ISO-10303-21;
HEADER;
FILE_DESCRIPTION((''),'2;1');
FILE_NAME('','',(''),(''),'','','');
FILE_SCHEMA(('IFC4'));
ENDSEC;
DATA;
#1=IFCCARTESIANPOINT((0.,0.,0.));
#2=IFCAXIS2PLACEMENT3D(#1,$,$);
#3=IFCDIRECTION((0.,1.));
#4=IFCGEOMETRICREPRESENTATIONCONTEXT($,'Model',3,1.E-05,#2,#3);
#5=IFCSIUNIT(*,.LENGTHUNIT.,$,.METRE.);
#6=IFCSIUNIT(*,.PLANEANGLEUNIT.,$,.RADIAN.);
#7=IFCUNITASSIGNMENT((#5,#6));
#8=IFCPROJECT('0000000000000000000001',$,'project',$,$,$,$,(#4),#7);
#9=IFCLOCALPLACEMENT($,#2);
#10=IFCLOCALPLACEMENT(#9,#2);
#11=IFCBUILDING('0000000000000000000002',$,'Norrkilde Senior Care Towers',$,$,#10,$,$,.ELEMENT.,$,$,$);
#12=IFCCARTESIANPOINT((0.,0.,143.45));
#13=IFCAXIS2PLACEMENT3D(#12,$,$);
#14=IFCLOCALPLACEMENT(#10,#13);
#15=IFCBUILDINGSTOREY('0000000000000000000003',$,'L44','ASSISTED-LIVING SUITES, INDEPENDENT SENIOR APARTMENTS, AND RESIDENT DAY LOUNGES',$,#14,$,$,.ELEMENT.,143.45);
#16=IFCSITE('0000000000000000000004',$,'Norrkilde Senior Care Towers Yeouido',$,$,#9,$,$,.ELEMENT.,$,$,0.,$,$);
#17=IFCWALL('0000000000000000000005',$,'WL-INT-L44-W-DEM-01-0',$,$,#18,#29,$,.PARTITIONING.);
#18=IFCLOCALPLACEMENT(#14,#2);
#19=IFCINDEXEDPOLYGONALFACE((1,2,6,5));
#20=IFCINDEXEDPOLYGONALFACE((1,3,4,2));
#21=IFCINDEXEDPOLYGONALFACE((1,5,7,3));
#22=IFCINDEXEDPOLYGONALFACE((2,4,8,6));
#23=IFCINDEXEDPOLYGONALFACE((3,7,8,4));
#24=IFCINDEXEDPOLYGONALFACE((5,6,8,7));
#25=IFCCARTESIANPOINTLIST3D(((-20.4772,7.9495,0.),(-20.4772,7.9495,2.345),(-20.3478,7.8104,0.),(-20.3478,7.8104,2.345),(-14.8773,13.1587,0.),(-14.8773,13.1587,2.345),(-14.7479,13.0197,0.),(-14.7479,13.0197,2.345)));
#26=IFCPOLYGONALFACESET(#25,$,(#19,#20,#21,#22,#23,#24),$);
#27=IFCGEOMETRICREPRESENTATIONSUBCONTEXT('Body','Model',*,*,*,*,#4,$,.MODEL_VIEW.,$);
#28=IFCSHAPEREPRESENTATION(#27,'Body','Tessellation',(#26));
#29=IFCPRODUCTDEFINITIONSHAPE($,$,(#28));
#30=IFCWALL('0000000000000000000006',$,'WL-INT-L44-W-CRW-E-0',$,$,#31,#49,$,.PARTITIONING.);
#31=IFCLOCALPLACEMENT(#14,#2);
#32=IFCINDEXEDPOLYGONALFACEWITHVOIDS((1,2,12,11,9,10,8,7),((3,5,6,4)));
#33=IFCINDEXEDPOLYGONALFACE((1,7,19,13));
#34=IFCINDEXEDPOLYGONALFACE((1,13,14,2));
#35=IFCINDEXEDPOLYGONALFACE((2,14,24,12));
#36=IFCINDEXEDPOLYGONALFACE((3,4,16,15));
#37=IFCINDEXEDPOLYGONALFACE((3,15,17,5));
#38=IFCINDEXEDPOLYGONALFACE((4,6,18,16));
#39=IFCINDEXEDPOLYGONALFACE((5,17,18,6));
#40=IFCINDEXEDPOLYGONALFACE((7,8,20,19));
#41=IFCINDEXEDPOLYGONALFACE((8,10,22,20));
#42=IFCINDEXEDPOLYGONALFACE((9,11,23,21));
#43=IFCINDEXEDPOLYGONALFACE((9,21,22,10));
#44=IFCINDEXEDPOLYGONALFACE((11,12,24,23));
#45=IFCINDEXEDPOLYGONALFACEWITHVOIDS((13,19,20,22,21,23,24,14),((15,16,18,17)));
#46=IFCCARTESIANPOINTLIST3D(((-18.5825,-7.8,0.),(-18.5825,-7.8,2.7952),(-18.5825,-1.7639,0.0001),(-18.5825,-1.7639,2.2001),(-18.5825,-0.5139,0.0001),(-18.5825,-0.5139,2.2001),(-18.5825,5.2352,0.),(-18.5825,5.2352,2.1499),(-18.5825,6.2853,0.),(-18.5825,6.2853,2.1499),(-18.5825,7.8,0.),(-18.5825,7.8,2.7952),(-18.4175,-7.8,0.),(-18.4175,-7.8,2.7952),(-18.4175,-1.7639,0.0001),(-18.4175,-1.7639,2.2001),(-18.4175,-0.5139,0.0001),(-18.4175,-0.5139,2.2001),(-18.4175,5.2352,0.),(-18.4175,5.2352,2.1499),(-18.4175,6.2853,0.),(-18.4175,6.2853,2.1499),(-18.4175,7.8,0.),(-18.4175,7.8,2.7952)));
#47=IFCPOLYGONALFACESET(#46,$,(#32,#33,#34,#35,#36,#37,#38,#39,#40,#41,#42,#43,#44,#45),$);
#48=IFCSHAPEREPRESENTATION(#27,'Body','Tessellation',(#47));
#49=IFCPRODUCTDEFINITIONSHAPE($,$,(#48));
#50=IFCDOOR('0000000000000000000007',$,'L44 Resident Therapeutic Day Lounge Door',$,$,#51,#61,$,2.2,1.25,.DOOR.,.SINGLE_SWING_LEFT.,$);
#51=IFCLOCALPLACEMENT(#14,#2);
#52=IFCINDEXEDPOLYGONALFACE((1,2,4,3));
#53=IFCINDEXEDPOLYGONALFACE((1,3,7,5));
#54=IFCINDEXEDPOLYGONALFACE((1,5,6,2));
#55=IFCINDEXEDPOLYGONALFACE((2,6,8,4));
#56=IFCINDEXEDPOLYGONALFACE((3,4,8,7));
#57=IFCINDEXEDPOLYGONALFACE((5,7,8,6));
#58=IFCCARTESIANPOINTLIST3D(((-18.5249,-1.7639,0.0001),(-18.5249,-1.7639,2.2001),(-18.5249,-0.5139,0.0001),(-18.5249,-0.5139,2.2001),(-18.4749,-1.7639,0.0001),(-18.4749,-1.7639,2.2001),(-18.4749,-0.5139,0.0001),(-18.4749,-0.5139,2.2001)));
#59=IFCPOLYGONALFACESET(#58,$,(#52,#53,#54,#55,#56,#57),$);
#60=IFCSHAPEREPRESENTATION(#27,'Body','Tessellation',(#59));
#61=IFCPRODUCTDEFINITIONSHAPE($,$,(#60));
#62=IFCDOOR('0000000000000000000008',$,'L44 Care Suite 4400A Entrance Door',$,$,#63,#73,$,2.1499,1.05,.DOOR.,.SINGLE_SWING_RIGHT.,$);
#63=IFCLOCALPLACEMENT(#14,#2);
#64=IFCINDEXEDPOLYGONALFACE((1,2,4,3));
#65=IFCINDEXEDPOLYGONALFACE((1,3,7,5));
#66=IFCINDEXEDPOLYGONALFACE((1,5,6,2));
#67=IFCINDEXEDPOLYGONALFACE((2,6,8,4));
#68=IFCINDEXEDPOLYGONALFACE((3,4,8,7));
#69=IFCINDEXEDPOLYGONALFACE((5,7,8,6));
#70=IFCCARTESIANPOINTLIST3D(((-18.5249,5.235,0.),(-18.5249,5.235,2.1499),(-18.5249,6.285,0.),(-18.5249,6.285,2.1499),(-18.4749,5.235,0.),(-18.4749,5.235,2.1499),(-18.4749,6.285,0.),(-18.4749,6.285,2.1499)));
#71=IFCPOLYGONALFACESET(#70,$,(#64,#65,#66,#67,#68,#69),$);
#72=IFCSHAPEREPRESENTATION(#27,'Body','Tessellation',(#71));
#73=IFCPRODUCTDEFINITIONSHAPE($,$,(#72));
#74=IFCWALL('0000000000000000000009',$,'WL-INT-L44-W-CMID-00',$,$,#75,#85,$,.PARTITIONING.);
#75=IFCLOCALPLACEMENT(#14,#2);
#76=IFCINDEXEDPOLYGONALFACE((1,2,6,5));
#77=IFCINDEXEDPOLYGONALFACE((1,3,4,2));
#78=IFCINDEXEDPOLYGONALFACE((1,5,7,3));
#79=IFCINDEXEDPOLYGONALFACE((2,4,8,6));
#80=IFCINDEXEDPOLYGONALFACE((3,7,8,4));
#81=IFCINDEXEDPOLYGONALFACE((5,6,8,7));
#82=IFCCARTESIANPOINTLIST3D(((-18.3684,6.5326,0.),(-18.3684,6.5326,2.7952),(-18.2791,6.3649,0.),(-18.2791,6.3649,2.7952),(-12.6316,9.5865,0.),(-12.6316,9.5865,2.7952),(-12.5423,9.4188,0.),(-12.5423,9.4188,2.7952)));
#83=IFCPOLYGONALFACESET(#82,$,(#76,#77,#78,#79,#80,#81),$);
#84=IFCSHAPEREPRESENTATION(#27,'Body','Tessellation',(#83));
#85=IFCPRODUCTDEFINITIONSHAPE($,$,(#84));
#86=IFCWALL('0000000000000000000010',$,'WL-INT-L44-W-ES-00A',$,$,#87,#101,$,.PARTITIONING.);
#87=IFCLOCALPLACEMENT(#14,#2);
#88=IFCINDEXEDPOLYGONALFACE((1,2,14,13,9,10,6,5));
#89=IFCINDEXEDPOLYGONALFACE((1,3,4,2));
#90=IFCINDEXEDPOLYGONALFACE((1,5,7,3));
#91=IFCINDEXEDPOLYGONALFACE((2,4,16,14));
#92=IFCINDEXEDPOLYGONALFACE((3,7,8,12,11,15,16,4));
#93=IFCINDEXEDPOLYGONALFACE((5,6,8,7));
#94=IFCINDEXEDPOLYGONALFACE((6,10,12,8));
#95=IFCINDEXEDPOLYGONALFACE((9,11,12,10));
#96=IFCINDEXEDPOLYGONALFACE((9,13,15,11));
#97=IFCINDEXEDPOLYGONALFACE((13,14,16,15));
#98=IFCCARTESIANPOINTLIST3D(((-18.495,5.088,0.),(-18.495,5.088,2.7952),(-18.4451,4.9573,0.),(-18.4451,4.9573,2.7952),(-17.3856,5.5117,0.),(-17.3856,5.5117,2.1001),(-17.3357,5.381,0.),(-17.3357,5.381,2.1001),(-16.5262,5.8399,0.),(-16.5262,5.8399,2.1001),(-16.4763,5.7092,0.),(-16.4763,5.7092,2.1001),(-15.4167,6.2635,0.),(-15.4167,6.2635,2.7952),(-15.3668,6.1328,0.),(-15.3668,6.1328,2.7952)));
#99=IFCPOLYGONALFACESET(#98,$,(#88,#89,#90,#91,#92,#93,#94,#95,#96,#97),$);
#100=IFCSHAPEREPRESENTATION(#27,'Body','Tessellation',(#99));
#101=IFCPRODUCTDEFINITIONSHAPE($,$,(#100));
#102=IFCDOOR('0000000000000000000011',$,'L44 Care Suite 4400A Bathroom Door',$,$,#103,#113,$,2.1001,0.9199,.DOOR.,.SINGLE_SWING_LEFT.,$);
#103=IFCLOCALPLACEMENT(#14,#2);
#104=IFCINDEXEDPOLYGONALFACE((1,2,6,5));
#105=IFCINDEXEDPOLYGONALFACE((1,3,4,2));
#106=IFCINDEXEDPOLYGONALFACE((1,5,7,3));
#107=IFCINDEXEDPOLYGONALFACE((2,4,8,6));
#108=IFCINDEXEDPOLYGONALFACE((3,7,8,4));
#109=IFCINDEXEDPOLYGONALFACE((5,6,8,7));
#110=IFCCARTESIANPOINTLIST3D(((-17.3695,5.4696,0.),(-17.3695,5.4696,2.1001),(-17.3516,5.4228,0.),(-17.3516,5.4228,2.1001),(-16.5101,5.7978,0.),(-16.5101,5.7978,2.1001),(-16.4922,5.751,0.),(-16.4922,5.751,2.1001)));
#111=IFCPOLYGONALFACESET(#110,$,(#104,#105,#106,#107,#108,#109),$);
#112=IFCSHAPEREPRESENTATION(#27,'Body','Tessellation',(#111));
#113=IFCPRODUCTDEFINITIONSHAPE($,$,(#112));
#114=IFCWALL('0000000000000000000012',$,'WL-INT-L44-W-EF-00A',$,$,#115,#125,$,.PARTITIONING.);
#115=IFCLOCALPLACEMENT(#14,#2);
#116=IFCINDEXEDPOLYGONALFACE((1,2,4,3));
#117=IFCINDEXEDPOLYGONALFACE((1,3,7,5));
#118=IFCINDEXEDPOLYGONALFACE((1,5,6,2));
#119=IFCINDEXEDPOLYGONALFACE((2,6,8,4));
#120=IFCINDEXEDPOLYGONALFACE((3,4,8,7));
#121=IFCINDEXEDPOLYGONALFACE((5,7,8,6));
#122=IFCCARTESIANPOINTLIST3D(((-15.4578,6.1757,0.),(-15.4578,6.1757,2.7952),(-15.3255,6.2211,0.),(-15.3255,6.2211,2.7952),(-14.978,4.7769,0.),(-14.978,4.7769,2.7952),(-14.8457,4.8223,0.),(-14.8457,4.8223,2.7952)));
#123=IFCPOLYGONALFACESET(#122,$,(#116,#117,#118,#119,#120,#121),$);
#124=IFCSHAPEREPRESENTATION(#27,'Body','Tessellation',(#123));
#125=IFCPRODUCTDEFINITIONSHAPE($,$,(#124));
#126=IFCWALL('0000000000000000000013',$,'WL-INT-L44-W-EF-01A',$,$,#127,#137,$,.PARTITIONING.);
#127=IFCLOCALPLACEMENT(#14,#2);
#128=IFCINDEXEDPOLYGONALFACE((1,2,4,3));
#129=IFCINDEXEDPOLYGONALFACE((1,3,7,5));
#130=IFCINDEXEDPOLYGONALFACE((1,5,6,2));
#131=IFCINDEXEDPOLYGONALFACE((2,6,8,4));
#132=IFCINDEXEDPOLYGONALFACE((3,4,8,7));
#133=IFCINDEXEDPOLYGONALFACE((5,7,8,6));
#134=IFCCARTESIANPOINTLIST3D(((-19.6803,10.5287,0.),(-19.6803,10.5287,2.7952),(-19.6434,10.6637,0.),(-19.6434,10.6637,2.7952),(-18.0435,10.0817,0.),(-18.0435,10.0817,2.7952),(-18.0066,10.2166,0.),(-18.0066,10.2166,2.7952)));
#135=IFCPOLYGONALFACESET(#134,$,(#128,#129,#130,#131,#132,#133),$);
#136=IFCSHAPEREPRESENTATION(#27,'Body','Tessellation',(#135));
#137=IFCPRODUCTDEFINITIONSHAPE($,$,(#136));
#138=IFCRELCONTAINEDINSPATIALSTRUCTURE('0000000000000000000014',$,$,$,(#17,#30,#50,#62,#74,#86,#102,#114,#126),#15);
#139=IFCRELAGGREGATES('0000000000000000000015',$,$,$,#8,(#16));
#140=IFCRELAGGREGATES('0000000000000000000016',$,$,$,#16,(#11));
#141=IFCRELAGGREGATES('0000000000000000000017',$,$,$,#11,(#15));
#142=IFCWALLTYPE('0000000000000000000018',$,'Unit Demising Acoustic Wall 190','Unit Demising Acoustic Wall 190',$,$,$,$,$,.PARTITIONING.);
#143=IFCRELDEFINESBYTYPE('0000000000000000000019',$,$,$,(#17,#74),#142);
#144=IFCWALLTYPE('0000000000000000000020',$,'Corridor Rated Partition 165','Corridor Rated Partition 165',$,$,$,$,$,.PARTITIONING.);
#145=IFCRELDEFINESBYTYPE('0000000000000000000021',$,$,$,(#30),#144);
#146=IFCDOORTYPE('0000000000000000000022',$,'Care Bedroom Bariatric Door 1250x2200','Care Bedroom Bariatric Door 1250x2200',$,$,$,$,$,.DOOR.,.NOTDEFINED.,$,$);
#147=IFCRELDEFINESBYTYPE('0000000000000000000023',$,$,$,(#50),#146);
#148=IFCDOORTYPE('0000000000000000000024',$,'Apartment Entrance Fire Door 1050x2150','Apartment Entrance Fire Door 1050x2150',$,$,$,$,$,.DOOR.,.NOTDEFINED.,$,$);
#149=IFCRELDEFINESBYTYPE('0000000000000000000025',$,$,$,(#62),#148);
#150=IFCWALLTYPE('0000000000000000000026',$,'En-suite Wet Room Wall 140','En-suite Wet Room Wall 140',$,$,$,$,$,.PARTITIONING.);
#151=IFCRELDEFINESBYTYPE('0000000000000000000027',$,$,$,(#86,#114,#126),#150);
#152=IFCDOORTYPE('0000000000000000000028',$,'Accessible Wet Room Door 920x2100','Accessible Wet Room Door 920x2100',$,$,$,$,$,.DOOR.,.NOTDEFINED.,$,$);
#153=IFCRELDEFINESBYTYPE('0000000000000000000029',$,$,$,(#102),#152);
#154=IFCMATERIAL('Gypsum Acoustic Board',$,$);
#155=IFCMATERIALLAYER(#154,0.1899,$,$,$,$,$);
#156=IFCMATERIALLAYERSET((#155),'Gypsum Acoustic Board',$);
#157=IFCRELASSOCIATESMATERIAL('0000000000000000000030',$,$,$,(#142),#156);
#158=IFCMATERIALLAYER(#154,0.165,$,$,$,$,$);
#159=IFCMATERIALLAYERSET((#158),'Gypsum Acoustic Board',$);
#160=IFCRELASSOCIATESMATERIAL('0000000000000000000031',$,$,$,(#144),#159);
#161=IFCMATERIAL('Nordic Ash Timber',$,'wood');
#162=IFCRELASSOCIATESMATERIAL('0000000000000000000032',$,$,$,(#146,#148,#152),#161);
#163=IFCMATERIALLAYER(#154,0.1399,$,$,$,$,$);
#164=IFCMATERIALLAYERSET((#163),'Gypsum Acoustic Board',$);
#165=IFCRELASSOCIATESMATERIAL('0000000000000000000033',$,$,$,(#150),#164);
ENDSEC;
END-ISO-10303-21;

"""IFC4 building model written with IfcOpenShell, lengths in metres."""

from ifc_helpers import new_model, si_unit, direction, frame, frame_2d, origin, place, context, subcontext, project, spatial, rectangle, extrude, source, transform, mapped, material, layer, layer_set, type_object, type_shapes, element, fill, save


model = new_model("IFC4")

# Units and contexts
model_context = context("Model", 3, precision=1e-05, world=origin(), true_north=direction((0.0, 1.0)))
body_context = subcontext(model_context, "Body", "Model", "MODEL_VIEW")
ifc_project = project(units=[si_unit("LENGTHUNIT", "METRE"), si_unit("PLANEANGLEUNIT", "RADIAN")], contexts=[model_context])

# Site, building, storey
site_placement = place(None, origin())
site = spatial("IfcSite", under=ifc_project, at=site_placement, Name="Norrkilde Senior Care Towers Yeouido", CompositionType="ELEMENT", RefElevation=0.0)
building_placement = place(site_placement, origin())
building = spatial("IfcBuilding", under=site, at=building_placement, Name="Norrkilde Senior Care Towers", CompositionType="ELEMENT")
storey_placement = place(building_placement, frame((0.0, 0.0, 143.45)))
storey = spatial("IfcBuildingStorey", under=building, at=storey_placement, Name="L44", Description="ASSISTED-LIVING SUITES, INDEPENDENT SENIOR APARTMENTS, AND RESIDENT DAY LOUNGES", CompositionType="ELEMENT", Elevation=143.45)

# Wall
ifc_material_1 = material(Name="Gypsum Acoustic Board")
ifc_layer_1 = layer(ifc_material_1, 0.1899)
ifc_layer_set_1 = layer_set([ifc_layer_1], Name="Gypsum Acoustic Board")
wall_type_1 = type_object("IfcWallType", Name="Unit Demising Acoustic Wall 190", Description="Unit Demising Acoustic Wall 190", PredefinedType="PARTITIONING", material=ifc_layer_set_1)
shared_shape_1 = source(origin(), body_context, "Body", "SweptSolid", [
    extrude(rectangle(XDim=7.6482, YDim=0.1899, at=frame_2d((3.8242, 0.0))), origin(), (0.0, 0.0, 1.0), 2.345),
])
wall_1_placement = place(storey_placement, frame((-20.4126, 7.8799, 0.0), z_axis=(0.0, 0.0, 1.0), x_axis=(0.732183, 0.681108, 0.0)))
element("IfcWall", 1, at=wall_1_placement, inside=storey, type_object=wall_type_1, Name="WL-INT-L44-W-DEM-01-0", PredefinedType="PARTITIONING", context=body_context, shape_type="MappedRepresentation", body=[
    mapped(shared_shape_1, transform((0.0, 0.0, 0.0), x_axis=(1.0, 0.0, 0.0), y_axis=(0.0, 1.0, 0.0), z_axis=(0.0, 0.0, 1.0), scale=1.0)),
])

# Wall, openings, doors
ifc_layer_2 = layer(ifc_material_1, 0.165)
ifc_layer_set_2 = layer_set([ifc_layer_2], Name="Gypsum Acoustic Board")
wall_type_2 = type_object("IfcWallType", Name="Corridor Rated Partition 165", Description="Corridor Rated Partition 165", PredefinedType="PARTITIONING", material=ifc_layer_set_2)
shared_shape_2 = source(origin(), body_context, "Body", "SweptSolid", [
    extrude(rectangle(XDim=15.6001, YDim=0.165, at=frame_2d((7.8, 0.0))), origin(), (0.0, 0.0, 1.0), 2.7952),
])
type_shapes(wall_type_2, [shared_shape_2])
wall_2_placement = place(storey_placement, frame((-18.5, 7.8, 0.0), z_axis=(0.0, 0.0, 1.0), x_axis=(0.0, -1.0, 0.0)))
wall_2 = element("IfcWall", 2, at=wall_2_placement, inside=storey, type_object=wall_type_2, Name="WL-INT-L44-W-CRW-E-0", PredefinedType="PARTITIONING", context=body_context, shape_type="MappedRepresentation", body=[
    mapped(shared_shape_2, transform((0.0, 0.0, 0.0), x_axis=(1.0, 0.0, 0.0), y_axis=(0.0, 1.0, 0.0), z_axis=(0.0, 0.0, 1.0), scale=1.0)),
])
opening_1_placement = place(wall_2_placement, frame((8.314, 0.0, 0.0)))
opening_1 = element("IfcOpeningElement", 3, at=opening_1_placement, cuts=wall_2, PredefinedType="OPENING", context=body_context, shape_type="SweptSolid", body=[
    extrude(rectangle(XDim=1.25, YDim=2.2, at=frame_2d((0.625, 1.1001))), frame((0.0, 0.0925, 0.0), z_axis=(0.0, -1.0, 0.0), x_axis=(1.0, 0.0, 0.0)), (0.0, 0.0, 1.0), 0.1851),
])
opening_2_placement = place(wall_2_placement, frame((1.5149, 0.0, 0.0)))
opening_2 = element("IfcOpeningElement", 4, at=opening_2_placement, cuts=wall_2, PredefinedType="OPENING", context=body_context, shape_type="SweptSolid", body=[
    extrude(rectangle(XDim=1.05, YDim=2.1499, at=frame_2d((0.5249, 1.075))), frame((0.0, 0.0925, 0.0), z_axis=(0.0, -1.0, 0.0), x_axis=(1.0, 0.0, 0.0)), (0.0, 0.0, 1.0), 0.1851),
])
ifc_material_2 = material(Name="Nordic Ash Timber", Category="wood")
door_type_1 = type_object("IfcDoorType", Name="Care Bedroom Bariatric Door 1250x2200", Description="Care Bedroom Bariatric Door 1250x2200", OperationType="NOTDEFINED", PredefinedType="DOOR", material=ifc_material_2)
shared_shape_3 = source(origin(), body_context, "Body", "SweptSolid", [
    extrude(rectangle(XDim=1.25, YDim=2.2, at=frame_2d((0.625, 1.1001))), frame((0.0, 0.0249, 0.0), z_axis=(0.0, -1.0, 0.0), x_axis=(1.0, 0.0, 0.0)), (0.0, 0.0, 1.0), 0.05),
])
type_shapes(door_type_1, [shared_shape_3])
door_1_placement = place(opening_1_placement, frame((1.25, 0.0, 0.0), z_axis=(0.0, 0.0, 1.0), x_axis=(-1.0, 0.0, 0.0)))
door_1 = element("IfcDoor", 5, at=door_1_placement, inside=storey, type_object=door_type_1, Name="L44 Resident Therapeutic Day Lounge Door", OperationType="SINGLE_SWING_LEFT", OverallHeight=2.2, OverallWidth=1.25, PredefinedType="DOOR", context=body_context, shape_type="MappedRepresentation", body=[
    mapped(shared_shape_3, transform((0.0, 0.0, 0.0), x_axis=(1.0, 0.0, 0.0), y_axis=(0.0, 1.0, 0.0), z_axis=(0.0, 0.0, 1.0), scale=1.0)),
])
fill(opening_1, door_1)
door_type_2 = type_object("IfcDoorType", Name="Apartment Entrance Fire Door 1050x2150", Description="Apartment Entrance Fire Door 1050x2150", OperationType="NOTDEFINED", PredefinedType="DOOR", material=ifc_material_2)
shared_shape_4 = source(origin(), body_context, "Body", "SweptSolid", [
    extrude(rectangle(XDim=1.05, YDim=2.1499, at=frame_2d((0.5249, 1.075))), frame((0.0, 0.0249, 0.0), z_axis=(0.0, -1.0, 0.0), x_axis=(1.0, 0.0, 0.0)), (0.0, 0.0, 1.0), 0.05),
])
type_shapes(door_type_2, [shared_shape_4])
door_2_placement = place(opening_2_placement, frame((1.05, 0.0, 0.0), z_axis=(0.0, 0.0, 1.0), x_axis=(-1.0, 0.0, 0.0)))
door_2 = element("IfcDoor", 6, at=door_2_placement, inside=storey, type_object=door_type_2, Name="L44 Care Suite 4400A Entrance Door", OperationType="SINGLE_SWING_RIGHT", OverallHeight=2.1499, OverallWidth=1.05, PredefinedType="DOOR", context=body_context, shape_type="MappedRepresentation", body=[
    mapped(shared_shape_4, transform((0.0, 0.0, 0.0), x_axis=(1.0, 0.0, 0.0), y_axis=(0.0, 1.0, 0.0), z_axis=(0.0, 0.0, 1.0), scale=1.0)),
])
fill(opening_2, door_2)

# Wall
shared_shape_5 = source(origin(), body_context, "Body", "SweptSolid", [
    extrude(rectangle(XDim=6.499, YDim=0.1899, at=frame_2d((3.2495, 0.0))), origin(), (0.0, 0.0, 1.0), 2.7952),
])
wall_3_placement = place(storey_placement, frame((-18.3237, 6.4487, 0.0), z_axis=(0.0, 0.0, 1.0), x_axis=(0.882716, 0.469908, 0.0)))
element("IfcWall", 7, at=wall_3_placement, inside=storey, type_object=wall_type_1, Name="WL-INT-L44-W-CMID-00", PredefinedType="PARTITIONING", context=body_context, shape_type="MappedRepresentation", body=[
    mapped(shared_shape_5, transform((0.0, 0.0, 0.0), x_axis=(1.0, 0.0, 0.0), y_axis=(0.0, 1.0, 0.0), z_axis=(0.0, 0.0, 1.0), scale=1.0)),
])

# Wall, opening, door
ifc_layer_3 = layer(ifc_material_1, 0.1399)
ifc_layer_set_3 = layer_set([ifc_layer_3], Name="Gypsum Acoustic Board")
wall_type_3 = type_object("IfcWallType", Name="En-suite Wet Room Wall 140", Description="En-suite Wet Room Wall 140", PredefinedType="PARTITIONING", material=ifc_layer_set_3)
shared_shape_6 = source(origin(), body_context, "Body", "SweptSolid", [
    extrude(rectangle(XDim=3.2952, YDim=0.1399, at=frame_2d((1.6475, 0.0))), origin(), (0.0, 0.0, 1.0), 2.7952),
])
wall_4_placement = place(storey_placement, frame((-18.47, 5.0227, 0.0), z_axis=(0.0, 0.0, 1.0), x_axis=(0.934202, 0.356744, 0.0)))
wall_4 = element("IfcWall", 8, at=wall_4_placement, inside=storey, type_object=wall_type_3, Name="WL-INT-L44-W-ES-00A", PredefinedType="PARTITIONING", context=body_context, shape_type="MappedRepresentation", body=[
    mapped(shared_shape_6, transform((0.0, 0.0, 0.0), x_axis=(1.0, 0.0, 0.0), y_axis=(0.0, 1.0, 0.0), z_axis=(0.0, 0.0, 1.0), scale=1.0)),
])
opening_3_placement = place(wall_4_placement, frame((1.1875, 0.0, 0.0)))
opening_3 = element("IfcOpeningElement", 9, at=opening_3_placement, cuts=wall_4, PredefinedType="OPENING", context=body_context, shape_type="SweptSolid", body=[
    extrude(rectangle(XDim=0.9199, YDim=2.1001, at=frame_2d((0.46, 1.05))), frame((0.0, 0.0798, 0.0), z_axis=(0.0, -1.0, 0.0), x_axis=(1.0, 0.0, 0.0)), (0.0, 0.0, 1.0), 0.1599),
])
door_type_3 = type_object("IfcDoorType", Name="Accessible Wet Room Door 920x2100", Description="Accessible Wet Room Door 920x2100", OperationType="NOTDEFINED", PredefinedType="DOOR", material=ifc_material_2)
shared_shape_7 = source(origin(), body_context, "Body", "SweptSolid", [
    extrude(rectangle(XDim=0.9199, YDim=2.1001, at=frame_2d((0.46, 1.05))), frame((0.0, 0.0249, 0.0), z_axis=(0.0, -1.0, 0.0), x_axis=(1.0, 0.0, 0.0)), (0.0, 0.0, 1.0), 0.05),
])
type_shapes(door_type_3, [shared_shape_7])
door_3_placement = place(opening_3_placement, origin())
door_3 = element("IfcDoor", 10, at=door_3_placement, inside=storey, type_object=door_type_3, Name="L44 Care Suite 4400A Bathroom Door", OperationType="SINGLE_SWING_LEFT", OverallHeight=2.1001, OverallWidth=0.9199, PredefinedType="DOOR", context=body_context, shape_type="MappedRepresentation", body=[
    mapped(shared_shape_7, transform((0.0, 0.0, 0.0), x_axis=(1.0, 0.0, 0.0), y_axis=(0.0, 1.0, 0.0), z_axis=(0.0, 0.0, 1.0), scale=1.0)),
])
fill(opening_3, door_3)

# Walls
shared_shape_8 = source(origin(), body_context, "Body", "SweptSolid", [
    extrude(rectangle(XDim=1.4788, YDim=0.1399, at=frame_2d((0.7393, 0.0))), origin(), (0.0, 0.0, 1.0), 2.7952),
])
wall_5_placement = place(storey_placement, frame((-15.3916, 6.1982, 0.0), z_axis=(0.0, 0.0, 1.0), x_axis=(0.324438, -0.945907, 0.0)))
element("IfcWall", 11, at=wall_5_placement, inside=storey, type_object=wall_type_3, Name="WL-INT-L44-W-EF-00A", PredefinedType="PARTITIONING", context=body_context, shape_type="MappedRepresentation", body=[
    mapped(shared_shape_8, transform((0.0, 0.0, 0.0), x_axis=(1.0, 0.0, 0.0), y_axis=(0.0, 1.0, 0.0), z_axis=(0.0, 0.0, 1.0), scale=1.0)),
])
shared_shape_9 = source(origin(), body_context, "Body", "SweptSolid", [
    extrude(rectangle(XDim=1.6968, YDim=0.1399, at=frame_2d((0.8484, 0.0))), origin(), (0.0, 0.0, 1.0), 2.7952),
])
type_shapes(wall_type_3, [shared_shape_6, shared_shape_8, shared_shape_9])
wall_6_placement = place(storey_placement, frame((-19.6619, 10.5962, 0.0), z_axis=(0.0, 0.0, 1.0), x_axis=(0.964667, -0.26347, 0.0)))
element("IfcWall", 12, at=wall_6_placement, inside=storey, type_object=wall_type_3, Name="WL-INT-L44-W-EF-01A", PredefinedType="PARTITIONING", context=body_context, shape_type="MappedRepresentation", body=[
    mapped(shared_shape_9, transform((0.0, 0.0, 0.0), x_axis=(1.0, 0.0, 0.0), y_axis=(0.0, 1.0, 0.0), z_axis=(0.0, 0.0, 1.0), scale=1.0)),
])

save(model, "model.ifc")
